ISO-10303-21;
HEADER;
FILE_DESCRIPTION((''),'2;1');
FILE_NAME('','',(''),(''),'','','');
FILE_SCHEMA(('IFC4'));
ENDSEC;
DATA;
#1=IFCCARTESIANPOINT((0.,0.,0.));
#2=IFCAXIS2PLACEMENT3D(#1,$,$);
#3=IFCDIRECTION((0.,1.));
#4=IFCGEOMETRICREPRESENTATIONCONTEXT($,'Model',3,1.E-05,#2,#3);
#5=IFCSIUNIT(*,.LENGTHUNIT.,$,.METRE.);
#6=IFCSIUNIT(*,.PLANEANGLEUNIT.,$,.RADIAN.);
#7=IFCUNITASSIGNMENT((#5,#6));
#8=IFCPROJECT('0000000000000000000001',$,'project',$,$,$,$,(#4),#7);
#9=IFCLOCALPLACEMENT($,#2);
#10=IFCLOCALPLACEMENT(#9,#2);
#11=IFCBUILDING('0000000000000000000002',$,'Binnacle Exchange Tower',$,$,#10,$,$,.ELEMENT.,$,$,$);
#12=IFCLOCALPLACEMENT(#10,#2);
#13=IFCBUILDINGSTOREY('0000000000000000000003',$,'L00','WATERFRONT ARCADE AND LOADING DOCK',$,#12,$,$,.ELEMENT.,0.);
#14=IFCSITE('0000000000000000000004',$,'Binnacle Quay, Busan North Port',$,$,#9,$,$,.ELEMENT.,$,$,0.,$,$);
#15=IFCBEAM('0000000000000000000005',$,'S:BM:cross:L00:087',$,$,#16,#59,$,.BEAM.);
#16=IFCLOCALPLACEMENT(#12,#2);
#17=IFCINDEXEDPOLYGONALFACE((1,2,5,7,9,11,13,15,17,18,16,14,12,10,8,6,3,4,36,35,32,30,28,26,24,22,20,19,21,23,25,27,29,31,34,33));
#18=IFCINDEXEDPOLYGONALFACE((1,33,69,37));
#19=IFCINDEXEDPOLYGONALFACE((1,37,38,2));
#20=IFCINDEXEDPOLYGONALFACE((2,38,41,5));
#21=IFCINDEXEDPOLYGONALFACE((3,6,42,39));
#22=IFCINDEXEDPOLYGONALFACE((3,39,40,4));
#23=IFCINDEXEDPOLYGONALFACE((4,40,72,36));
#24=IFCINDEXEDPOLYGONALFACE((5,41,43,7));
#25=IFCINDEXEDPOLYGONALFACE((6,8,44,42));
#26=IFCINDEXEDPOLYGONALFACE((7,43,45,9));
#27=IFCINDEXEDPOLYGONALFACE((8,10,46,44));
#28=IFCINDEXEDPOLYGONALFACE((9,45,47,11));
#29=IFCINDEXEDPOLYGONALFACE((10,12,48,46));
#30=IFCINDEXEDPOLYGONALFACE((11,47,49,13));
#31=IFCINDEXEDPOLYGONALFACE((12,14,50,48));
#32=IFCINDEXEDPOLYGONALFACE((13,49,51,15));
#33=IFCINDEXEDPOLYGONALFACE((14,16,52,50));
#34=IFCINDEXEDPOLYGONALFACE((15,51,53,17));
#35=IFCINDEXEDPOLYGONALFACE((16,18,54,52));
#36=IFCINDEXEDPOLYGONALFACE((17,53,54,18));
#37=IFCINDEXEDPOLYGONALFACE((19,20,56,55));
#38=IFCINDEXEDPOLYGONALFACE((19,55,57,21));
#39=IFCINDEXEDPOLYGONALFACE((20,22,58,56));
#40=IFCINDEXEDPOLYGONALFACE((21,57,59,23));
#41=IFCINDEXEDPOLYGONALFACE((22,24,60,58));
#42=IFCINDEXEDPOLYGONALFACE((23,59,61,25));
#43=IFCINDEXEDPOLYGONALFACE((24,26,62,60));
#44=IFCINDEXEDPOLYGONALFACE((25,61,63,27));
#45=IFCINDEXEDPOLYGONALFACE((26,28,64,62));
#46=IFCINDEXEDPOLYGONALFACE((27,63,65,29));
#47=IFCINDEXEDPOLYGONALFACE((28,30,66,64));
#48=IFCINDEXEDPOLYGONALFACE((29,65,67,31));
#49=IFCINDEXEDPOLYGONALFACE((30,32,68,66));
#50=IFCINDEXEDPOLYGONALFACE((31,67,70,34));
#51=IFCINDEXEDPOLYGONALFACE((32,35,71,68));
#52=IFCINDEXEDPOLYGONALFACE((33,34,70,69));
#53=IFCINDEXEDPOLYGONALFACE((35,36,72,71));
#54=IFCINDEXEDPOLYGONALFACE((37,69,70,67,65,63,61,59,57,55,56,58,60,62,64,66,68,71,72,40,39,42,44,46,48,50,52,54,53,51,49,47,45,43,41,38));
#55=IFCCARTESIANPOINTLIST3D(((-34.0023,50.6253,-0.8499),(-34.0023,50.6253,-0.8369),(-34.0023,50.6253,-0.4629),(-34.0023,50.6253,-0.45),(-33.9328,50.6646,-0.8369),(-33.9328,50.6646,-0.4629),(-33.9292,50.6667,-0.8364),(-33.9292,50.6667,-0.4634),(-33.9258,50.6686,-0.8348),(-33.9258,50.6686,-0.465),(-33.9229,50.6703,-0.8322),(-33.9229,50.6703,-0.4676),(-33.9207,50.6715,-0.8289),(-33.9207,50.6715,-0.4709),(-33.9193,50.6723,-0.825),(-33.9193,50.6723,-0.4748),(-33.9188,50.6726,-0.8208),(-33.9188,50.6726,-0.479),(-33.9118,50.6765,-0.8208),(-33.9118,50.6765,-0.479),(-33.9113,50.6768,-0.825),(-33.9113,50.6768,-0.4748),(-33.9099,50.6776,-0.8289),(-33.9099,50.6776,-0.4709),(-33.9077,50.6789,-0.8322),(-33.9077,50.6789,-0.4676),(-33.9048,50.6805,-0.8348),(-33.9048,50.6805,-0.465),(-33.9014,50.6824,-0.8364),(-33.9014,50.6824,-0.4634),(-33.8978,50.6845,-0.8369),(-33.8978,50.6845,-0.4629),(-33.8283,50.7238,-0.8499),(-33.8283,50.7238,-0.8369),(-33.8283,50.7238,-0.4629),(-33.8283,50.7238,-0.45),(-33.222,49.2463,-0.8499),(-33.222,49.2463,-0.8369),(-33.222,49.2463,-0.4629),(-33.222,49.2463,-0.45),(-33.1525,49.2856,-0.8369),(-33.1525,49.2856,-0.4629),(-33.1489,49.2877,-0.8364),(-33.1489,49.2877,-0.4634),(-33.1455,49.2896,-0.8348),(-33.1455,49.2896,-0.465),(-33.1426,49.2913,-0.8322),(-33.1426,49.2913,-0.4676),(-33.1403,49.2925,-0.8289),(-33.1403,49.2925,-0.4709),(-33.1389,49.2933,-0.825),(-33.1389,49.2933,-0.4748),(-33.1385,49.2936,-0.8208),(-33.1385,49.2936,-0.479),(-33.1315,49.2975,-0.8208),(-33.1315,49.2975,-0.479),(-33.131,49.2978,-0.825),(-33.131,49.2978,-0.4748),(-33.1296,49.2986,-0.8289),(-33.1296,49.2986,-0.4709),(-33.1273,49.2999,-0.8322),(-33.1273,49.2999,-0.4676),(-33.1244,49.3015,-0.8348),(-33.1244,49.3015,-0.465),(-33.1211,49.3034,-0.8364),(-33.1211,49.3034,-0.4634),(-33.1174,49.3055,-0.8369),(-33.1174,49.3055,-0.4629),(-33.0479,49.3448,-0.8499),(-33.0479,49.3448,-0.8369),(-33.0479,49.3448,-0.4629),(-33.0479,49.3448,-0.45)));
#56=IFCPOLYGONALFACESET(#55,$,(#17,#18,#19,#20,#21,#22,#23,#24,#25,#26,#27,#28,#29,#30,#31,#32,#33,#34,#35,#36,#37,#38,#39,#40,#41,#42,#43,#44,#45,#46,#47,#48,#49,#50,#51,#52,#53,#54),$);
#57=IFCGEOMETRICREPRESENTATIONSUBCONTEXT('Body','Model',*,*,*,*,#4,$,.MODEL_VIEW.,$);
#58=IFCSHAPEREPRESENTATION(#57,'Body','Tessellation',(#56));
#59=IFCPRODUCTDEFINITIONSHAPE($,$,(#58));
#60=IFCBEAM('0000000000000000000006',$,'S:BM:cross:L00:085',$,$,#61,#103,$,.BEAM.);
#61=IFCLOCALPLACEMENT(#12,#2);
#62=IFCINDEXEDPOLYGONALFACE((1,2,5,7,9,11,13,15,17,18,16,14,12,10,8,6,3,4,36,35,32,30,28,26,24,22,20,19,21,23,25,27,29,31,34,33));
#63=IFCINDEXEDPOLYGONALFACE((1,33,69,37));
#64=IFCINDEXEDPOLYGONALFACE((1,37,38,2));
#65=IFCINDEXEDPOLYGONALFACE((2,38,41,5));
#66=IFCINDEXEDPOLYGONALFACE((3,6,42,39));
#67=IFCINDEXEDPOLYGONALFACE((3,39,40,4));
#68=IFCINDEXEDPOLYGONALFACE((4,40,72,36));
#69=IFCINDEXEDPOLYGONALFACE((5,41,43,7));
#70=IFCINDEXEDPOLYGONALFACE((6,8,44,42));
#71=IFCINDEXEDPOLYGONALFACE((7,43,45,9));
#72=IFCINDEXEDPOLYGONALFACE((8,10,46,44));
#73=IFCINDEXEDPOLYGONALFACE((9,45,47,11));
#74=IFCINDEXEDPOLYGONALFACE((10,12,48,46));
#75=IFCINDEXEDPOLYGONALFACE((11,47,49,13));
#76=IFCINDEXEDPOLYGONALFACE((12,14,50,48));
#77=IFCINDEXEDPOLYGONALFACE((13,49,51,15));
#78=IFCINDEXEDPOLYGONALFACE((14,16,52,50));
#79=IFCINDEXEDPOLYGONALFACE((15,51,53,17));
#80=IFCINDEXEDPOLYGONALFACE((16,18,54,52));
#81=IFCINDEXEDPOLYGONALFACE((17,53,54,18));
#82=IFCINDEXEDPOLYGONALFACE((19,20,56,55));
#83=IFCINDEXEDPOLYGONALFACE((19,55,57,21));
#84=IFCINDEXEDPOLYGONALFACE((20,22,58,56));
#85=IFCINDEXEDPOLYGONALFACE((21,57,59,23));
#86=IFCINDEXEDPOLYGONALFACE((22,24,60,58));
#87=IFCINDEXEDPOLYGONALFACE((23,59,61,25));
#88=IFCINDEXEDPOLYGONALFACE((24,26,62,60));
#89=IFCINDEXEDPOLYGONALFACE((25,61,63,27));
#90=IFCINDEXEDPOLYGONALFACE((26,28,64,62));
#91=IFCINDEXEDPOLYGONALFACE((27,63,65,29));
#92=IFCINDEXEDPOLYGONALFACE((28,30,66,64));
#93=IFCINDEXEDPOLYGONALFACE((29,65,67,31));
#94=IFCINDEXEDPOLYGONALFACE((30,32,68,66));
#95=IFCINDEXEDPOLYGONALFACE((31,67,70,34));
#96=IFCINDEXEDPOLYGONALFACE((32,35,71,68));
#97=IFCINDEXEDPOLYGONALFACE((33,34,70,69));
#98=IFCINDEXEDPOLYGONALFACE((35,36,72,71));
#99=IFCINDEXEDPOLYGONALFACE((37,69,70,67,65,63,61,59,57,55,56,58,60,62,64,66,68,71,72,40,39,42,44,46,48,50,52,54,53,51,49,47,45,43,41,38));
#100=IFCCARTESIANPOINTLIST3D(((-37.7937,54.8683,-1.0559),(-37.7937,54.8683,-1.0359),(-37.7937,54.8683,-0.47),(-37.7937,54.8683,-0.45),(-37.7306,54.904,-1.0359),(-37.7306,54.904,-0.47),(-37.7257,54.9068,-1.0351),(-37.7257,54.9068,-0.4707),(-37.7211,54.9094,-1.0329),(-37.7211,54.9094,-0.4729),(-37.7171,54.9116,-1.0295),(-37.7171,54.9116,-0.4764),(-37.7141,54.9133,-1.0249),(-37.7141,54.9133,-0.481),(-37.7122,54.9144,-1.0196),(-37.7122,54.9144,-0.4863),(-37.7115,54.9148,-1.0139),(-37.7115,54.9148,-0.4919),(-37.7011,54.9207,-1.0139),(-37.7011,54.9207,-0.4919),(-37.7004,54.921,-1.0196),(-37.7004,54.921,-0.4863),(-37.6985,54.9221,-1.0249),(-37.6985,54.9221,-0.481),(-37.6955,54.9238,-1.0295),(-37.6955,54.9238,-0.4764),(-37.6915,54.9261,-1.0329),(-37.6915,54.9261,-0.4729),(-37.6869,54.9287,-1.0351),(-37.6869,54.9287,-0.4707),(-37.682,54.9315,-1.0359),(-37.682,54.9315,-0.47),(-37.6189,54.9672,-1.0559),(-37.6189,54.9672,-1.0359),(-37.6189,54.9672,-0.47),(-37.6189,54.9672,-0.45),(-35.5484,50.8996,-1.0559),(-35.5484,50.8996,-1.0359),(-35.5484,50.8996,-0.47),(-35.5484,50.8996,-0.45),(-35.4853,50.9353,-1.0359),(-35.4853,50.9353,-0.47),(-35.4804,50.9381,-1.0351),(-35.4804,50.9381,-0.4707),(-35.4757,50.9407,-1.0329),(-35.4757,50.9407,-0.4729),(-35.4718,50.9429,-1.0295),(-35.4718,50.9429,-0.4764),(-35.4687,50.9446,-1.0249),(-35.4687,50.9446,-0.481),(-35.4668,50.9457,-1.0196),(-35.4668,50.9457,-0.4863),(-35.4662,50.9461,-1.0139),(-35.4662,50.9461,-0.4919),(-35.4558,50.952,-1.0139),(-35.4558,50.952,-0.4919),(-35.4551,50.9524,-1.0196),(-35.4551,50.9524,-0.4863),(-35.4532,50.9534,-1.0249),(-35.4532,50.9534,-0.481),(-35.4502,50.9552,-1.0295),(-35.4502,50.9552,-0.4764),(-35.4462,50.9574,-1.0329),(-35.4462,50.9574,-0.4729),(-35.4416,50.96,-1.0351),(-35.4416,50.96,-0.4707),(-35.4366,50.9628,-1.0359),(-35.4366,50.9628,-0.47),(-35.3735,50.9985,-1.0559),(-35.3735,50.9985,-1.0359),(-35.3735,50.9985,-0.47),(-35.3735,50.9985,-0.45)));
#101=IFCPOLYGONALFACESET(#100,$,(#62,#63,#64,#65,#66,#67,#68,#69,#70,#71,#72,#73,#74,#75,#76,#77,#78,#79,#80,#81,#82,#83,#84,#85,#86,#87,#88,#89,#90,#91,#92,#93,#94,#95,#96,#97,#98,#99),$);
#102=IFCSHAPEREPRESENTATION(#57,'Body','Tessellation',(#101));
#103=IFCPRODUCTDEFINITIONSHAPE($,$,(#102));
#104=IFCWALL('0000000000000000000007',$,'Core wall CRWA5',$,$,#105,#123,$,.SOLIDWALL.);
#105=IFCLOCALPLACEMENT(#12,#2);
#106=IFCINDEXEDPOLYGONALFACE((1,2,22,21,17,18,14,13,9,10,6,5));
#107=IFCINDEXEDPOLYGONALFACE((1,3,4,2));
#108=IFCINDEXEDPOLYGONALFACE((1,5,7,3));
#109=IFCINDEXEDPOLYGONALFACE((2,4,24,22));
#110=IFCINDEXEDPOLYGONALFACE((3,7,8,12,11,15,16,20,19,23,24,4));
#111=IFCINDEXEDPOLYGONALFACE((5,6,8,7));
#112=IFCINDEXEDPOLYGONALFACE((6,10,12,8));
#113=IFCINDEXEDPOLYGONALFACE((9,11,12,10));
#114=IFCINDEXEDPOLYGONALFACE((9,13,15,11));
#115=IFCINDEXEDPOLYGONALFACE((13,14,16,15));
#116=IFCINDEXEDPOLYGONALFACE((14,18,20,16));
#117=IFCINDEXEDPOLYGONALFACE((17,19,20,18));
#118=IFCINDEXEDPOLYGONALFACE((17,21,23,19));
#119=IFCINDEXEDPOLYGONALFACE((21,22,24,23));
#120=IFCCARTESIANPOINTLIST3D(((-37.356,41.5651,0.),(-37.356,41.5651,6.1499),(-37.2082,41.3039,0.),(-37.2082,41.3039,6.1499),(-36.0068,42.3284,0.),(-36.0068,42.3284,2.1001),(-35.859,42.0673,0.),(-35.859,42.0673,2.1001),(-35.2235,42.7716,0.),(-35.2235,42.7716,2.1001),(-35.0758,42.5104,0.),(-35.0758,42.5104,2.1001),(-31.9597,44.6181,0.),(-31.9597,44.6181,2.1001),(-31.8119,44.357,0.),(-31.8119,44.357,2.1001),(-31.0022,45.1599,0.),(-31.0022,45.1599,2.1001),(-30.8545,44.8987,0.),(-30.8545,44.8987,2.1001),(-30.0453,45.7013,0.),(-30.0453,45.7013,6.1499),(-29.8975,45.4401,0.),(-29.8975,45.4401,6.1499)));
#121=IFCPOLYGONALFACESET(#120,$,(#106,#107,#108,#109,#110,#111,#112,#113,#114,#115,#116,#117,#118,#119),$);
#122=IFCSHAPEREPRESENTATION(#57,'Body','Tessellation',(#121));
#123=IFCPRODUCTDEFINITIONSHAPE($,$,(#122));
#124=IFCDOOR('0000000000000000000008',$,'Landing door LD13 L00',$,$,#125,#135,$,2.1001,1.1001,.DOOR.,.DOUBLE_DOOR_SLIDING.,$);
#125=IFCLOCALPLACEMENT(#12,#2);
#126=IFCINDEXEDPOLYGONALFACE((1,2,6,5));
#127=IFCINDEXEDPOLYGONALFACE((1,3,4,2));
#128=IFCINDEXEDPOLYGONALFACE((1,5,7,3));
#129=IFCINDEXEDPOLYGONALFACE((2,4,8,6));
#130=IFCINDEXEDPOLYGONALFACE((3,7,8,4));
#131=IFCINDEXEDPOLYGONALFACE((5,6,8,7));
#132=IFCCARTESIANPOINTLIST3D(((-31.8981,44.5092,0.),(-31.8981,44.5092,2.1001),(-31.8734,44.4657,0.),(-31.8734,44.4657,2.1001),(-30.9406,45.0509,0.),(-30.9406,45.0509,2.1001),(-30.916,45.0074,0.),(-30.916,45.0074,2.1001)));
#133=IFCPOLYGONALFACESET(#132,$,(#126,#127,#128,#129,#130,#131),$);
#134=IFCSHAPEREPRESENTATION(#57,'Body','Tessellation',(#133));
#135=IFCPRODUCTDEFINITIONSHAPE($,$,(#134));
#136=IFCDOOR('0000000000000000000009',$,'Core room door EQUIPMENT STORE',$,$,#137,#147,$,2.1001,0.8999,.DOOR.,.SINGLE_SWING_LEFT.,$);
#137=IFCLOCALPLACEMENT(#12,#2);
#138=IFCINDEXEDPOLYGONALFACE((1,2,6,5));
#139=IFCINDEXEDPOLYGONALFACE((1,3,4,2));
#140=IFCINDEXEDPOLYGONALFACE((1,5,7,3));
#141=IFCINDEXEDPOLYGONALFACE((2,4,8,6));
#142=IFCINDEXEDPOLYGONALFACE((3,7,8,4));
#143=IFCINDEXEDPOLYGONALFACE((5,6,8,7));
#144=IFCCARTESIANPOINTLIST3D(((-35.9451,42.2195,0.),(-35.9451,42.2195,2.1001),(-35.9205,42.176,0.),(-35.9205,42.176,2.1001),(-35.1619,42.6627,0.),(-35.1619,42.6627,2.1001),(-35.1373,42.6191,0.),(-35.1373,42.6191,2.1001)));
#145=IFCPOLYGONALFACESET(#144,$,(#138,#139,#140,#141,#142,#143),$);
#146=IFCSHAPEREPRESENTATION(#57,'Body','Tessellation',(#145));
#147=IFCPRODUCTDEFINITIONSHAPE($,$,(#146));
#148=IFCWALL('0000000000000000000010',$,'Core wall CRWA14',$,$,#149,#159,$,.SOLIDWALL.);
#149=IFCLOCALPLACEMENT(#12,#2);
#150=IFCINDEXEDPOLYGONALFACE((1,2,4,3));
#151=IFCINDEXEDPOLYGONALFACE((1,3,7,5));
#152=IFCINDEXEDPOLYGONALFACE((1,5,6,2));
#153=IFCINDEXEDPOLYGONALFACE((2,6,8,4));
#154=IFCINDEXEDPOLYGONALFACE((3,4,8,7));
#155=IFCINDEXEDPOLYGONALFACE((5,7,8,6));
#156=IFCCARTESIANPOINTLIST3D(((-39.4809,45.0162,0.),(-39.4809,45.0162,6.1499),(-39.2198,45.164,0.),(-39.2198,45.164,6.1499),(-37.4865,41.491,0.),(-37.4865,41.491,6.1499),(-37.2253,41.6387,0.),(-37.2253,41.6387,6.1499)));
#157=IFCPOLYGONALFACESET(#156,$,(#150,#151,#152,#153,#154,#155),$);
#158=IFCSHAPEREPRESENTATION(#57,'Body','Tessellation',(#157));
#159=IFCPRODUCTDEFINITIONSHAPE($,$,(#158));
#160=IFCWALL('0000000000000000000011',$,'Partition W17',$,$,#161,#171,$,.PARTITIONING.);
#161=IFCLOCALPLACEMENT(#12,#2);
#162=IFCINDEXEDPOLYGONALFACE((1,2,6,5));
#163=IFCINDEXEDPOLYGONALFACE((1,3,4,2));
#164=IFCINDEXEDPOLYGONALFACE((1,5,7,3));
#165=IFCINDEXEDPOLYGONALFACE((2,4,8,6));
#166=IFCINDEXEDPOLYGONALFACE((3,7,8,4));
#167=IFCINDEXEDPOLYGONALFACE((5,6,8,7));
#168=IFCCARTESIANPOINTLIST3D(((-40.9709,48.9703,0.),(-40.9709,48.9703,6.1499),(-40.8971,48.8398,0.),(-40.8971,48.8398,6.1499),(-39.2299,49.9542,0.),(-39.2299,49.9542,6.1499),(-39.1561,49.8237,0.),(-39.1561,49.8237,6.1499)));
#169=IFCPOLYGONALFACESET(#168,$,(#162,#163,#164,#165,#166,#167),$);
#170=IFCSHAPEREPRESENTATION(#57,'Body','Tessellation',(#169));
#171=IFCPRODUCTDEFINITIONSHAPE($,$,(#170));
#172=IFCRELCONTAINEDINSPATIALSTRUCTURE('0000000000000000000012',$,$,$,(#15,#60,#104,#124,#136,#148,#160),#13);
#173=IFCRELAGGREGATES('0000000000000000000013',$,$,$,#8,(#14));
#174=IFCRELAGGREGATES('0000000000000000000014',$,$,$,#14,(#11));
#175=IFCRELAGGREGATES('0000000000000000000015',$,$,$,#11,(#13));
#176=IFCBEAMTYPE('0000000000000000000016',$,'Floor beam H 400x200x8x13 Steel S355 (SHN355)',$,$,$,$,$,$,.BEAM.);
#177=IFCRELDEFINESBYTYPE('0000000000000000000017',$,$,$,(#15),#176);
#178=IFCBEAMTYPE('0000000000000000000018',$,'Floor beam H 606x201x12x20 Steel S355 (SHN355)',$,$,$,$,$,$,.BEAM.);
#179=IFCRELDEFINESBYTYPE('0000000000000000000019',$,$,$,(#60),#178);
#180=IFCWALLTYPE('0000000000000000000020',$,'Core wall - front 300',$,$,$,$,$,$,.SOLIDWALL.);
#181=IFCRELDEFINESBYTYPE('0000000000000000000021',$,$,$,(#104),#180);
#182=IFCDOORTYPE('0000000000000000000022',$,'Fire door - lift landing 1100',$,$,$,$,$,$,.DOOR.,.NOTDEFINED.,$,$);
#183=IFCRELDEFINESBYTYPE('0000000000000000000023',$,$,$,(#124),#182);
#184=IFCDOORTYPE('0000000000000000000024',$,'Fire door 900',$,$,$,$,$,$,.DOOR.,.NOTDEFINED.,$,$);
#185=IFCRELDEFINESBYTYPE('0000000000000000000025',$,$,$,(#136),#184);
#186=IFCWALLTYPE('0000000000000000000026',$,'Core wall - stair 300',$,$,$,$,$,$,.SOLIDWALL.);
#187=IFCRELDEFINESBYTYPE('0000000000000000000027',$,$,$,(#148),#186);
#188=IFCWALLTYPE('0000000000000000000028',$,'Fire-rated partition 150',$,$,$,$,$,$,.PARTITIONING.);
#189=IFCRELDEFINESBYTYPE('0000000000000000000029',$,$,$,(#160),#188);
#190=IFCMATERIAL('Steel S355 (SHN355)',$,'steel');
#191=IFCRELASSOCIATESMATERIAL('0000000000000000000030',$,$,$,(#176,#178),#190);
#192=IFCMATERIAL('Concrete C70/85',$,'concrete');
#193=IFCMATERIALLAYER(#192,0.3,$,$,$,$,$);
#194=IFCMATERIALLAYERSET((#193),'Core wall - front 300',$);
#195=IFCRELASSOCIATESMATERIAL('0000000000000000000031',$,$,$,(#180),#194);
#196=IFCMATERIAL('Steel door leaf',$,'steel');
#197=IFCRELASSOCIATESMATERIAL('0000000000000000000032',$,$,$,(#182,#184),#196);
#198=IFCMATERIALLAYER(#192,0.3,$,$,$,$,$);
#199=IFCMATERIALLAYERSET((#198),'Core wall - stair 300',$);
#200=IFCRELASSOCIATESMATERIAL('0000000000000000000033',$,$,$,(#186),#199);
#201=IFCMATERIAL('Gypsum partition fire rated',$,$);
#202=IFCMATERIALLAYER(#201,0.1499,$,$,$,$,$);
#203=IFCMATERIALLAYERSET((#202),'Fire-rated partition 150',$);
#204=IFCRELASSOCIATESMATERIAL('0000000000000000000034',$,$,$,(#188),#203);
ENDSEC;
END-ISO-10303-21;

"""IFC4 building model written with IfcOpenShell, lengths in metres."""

from ifc_helpers import new_model, si_unit, direction, frame, frame_2d, origin, origin_2d, place, context, subcontext, project, spatial, rectangle, i_section, extrude, material, layer, layer_set, material_profile, profile_set, type_object, element, fill, save


model = new_model("IFC4")

# Units and contexts
model_context = context("Model", 3, precision=1e-05, world=origin(), true_north=direction((0.0, 1.0)))
body_context = subcontext(model_context, "Body", "Model", "MODEL_VIEW")
ifc_project = project(units=[si_unit("LENGTHUNIT", "METRE"), si_unit("PLANEANGLEUNIT", "RADIAN")], contexts=[model_context])

# Site, building, storey
site_placement = place(None, origin())
site = spatial("IfcSite", under=ifc_project, at=site_placement, Name="Binnacle Quay, Busan North Port", CompositionType="ELEMENT", RefElevation=0.0)
building_placement = place(site_placement, origin())
building = spatial("IfcBuilding", under=site, at=building_placement, Name="Binnacle Exchange Tower", CompositionType="ELEMENT")
storey_placement = place(building_placement, origin())
storey = spatial("IfcBuildingStorey", under=building, at=storey_placement, Name="L00", Description="WATERFRONT ARCADE AND LOADING DOCK", CompositionType="ELEMENT", Elevation=0.0)

# Shared definitions
ifc_material_1 = material(Name="Concrete C70/85", Category="concrete")

# Beams
ifc_material_2 = material(Name="Steel S355 (SHN355)", Category="steel")
ifc_material_profile_1 = material_profile(ifc_material_2, i_section(OverallWidth=0.2, OverallDepth=0.3999, WebThickness=0.0081, FlangeThickness=0.0129, FilletRadius=0.0161, at=origin_2d()), Name="H 400x200x8x13")
ifc_profile_set_1 = profile_set([ifc_material_profile_1], Name="Steel S355 (SHN355)")
beam_type_1 = type_object("IfcBeamType", Name="Floor beam H 400x200x8x13 Steel S355 (SHN355)", PredefinedType="BEAM", material=ifc_profile_set_1)
beam_1_placement = place(storey_placement, frame((-33.9153, 50.6746, -0.6499), z_axis=(0.492484, -0.870322, 0.0), x_axis=(0.870322, 0.492484, 0.0)))
element("IfcBeam", 1, at=beam_1_placement, inside=storey, type_object=beam_type_1, Name="S:BM:cross:L00:087", PredefinedType="BEAM", context=body_context, shape_type="SweptSolid", body=[
    extrude(i_section(OverallWidth=0.2, OverallDepth=0.3999, WebThickness=0.0081, FlangeThickness=0.0129, FilletRadius=0.0161, at=origin_2d()), origin(), (0.0, 0.0, 1.0), 1.5845),
])
ifc_material_profile_2 = material_profile(ifc_material_2, i_section(OverallWidth=0.2009, OverallDepth=0.606, WebThickness=0.012, FlangeThickness=0.02, FilletRadius=0.022, at=origin_2d()), Name="H 606x201x12x20")
ifc_profile_set_2 = profile_set([ifc_material_profile_2], Name="Steel S355 (SHN355)")
beam_type_2 = type_object("IfcBeamType", Name="Floor beam H 606x201x12x20 Steel S355 (SHN355)", PredefinedType="BEAM", material=ifc_profile_set_2)
beam_2_placement = place(storey_placement, frame((-37.7063, 54.9177, -0.7529), z_axis=(0.492415, -0.87036, 0.0), x_axis=(0.87036, 0.492415, 0.0)))
element("IfcBeam", 2, at=beam_2_placement, inside=storey, type_object=beam_type_2, Name="S:BM:cross:L00:085", PredefinedType="BEAM", context=body_context, shape_type="SweptSolid", body=[
    extrude(i_section(OverallWidth=0.2009, OverallDepth=0.606, WebThickness=0.012, FlangeThickness=0.02, FilletRadius=0.022, at=origin_2d()), origin(), (0.0, 0.0, 1.0), 4.5598),
])

# Wall, openings, doors
ifc_layer_1 = layer(ifc_material_1, 0.3)
ifc_layer_set_1 = layer_set([ifc_layer_1], Name="Core wall - front 300")
wall_type_1 = type_object("IfcWallType", Name="Core wall - front 300", PredefinedType="SOLIDWALL", material=ifc_layer_set_1)
wall_1_placement = place(storey_placement, frame((-37.282, 41.4346, 0.0), z_axis=(0.0, 0.0, 1.0), x_axis=(0.870357, 0.492422, 0.0)))
wall_1 = element("IfcWall", 3, at=wall_1_placement, inside=storey, type_object=wall_type_1, Name="Core wall CRWA5", PredefinedType="SOLIDWALL", context=body_context, shape_type="SweptSolid", body=[
    extrude(rectangle(XDim=8.3997, YDim=0.3, at=frame_2d((4.1997, 0.0))), origin(), (0.0, 0.0, 1.0), 6.1499),
])
opening_1_placement = place(wall_1_placement, frame((6.2, 0.0, 0.0)))
opening_1 = element("IfcOpeningElement", 4, at=opening_1_placement, cuts=wall_1, PredefinedType="OPENING", context=body_context, shape_type="SweptSolid", body=[
    extrude(rectangle(XDim=1.1001, YDim=2.1001, at=frame_2d((0.55, 1.05))), frame((0.0, 0.1599, 0.0), z_axis=(0.0, -1.0, 0.0), x_axis=(1.0, 0.0, 0.0)), (0.0, 0.0, 1.0), 0.3201),
])
opening_2_placement = place(wall_1_placement, frame((1.55, 0.0, 0.0)))
opening_2 = element("IfcOpeningElement", 5, at=opening_2_placement, cuts=wall_1, PredefinedType="OPENING", context=body_context, shape_type="SweptSolid", body=[
    extrude(rectangle(XDim=0.8999, YDim=2.1001, at=frame_2d((0.45, 1.05))), frame((0.0, 0.1599, 0.0), z_axis=(0.0, -1.0, 0.0), x_axis=(1.0, 0.0, 0.0)), (0.0, 0.0, 1.0), 0.3201),
])
ifc_material_3 = material(Name="Steel door leaf", Category="steel")
door_type_1 = type_object("IfcDoorType", Name="Fire door - lift landing 1100", OperationType="NOTDEFINED", PredefinedType="DOOR", material=ifc_material_3)
door_1_placement = place(opening_1_placement, origin())
door_1 = element("IfcDoor", 6, at=door_1_placement, inside=storey, type_object=door_type_1, Name="Landing door LD13 L00", OperationType="DOUBLE_DOOR_SLIDING", OverallHeight=2.1001, OverallWidth=1.1001, PredefinedType="DOOR", context=body_context, shape_type="SweptSolid", body=[
    extrude(rectangle(XDim=1.1001, YDim=2.1001, at=frame_2d((0.55, 1.05))), frame((0.0, 0.0249, 0.0), z_axis=(0.0, -1.0, 0.0), x_axis=(1.0, 0.0, 0.0)), (0.0, 0.0, 1.0), 0.05),
])
fill(opening_1, door_1)
door_type_2 = type_object("IfcDoorType", Name="Fire door 900", OperationType="NOTDEFINED", PredefinedType="DOOR", material=ifc_material_3)
door_2_placement = place(opening_2_placement, origin())
door_2 = element("IfcDoor", 7, at=door_2_placement, inside=storey, type_object=door_type_2, Name="Core room door EQUIPMENT STORE", OperationType="SINGLE_SWING_LEFT", OverallHeight=2.1001, OverallWidth=0.8999, PredefinedType="DOOR", context=body_context, shape_type="SweptSolid", body=[
    extrude(rectangle(XDim=0.8999, YDim=2.1001, at=frame_2d((0.45, 1.05))), frame((0.0, 0.0249, 0.0), z_axis=(0.0, -1.0, 0.0), x_axis=(1.0, 0.0, 0.0)), (0.0, 0.0, 1.0), 0.05),
])
fill(opening_2, door_2)

# Walls
ifc_layer_2 = layer(ifc_material_1, 0.3)
ifc_layer_set_2 = layer_set([ifc_layer_2], Name="Core wall - stair 300")
wall_type_2 = type_object("IfcWallType", Name="Core wall - stair 300", PredefinedType="SOLIDWALL", material=ifc_layer_set_2)
wall_2_placement = place(storey_placement, frame((-39.3503, 45.0901, 0.0), z_axis=(0.0, 0.0, 1.0), x_axis=(0.492415, -0.870361, 0.0)))
element("IfcWall", 8, at=wall_2_placement, inside=storey, type_object=wall_type_2, Name="Core wall CRWA14", PredefinedType="SOLIDWALL", context=body_context, shape_type="SweptSolid", body=[
    extrude(rectangle(XDim=4.0503, YDim=0.3, at=frame_2d((2.0251, 0.0))), origin(), (0.0, 0.0, 1.0), 6.1499),
])
ifc_material_4 = material(Name="Gypsum partition fire rated")
ifc_layer_3 = layer(ifc_material_4, 0.1499)
ifc_layer_set_3 = layer_set([ifc_layer_3], Name="Fire-rated partition 150")
wall_type_3 = type_object("IfcWallType", Name="Fire-rated partition 150", PredefinedType="PARTITIONING", material=ifc_layer_set_3)
wall_3_placement = place(storey_placement, frame((-40.9341, 48.905, 0.0), z_axis=(0.0, 0.0, 1.0), x_axis=(0.870592, 0.492005, 0.0)))
element("IfcWall", 9, at=wall_3_placement, inside=storey, type_object=wall_type_3, Name="Partition W17", PredefinedType="PARTITIONING", context=body_context, shape_type="SweptSolid", body=[
    extrude(rectangle(XDim=1.9998, YDim=0.1499, at=frame_2d((1.0, 0.0))), origin(), (0.0, 0.0, 1.0), 6.1499),
])

save(model, "model.ifc")
